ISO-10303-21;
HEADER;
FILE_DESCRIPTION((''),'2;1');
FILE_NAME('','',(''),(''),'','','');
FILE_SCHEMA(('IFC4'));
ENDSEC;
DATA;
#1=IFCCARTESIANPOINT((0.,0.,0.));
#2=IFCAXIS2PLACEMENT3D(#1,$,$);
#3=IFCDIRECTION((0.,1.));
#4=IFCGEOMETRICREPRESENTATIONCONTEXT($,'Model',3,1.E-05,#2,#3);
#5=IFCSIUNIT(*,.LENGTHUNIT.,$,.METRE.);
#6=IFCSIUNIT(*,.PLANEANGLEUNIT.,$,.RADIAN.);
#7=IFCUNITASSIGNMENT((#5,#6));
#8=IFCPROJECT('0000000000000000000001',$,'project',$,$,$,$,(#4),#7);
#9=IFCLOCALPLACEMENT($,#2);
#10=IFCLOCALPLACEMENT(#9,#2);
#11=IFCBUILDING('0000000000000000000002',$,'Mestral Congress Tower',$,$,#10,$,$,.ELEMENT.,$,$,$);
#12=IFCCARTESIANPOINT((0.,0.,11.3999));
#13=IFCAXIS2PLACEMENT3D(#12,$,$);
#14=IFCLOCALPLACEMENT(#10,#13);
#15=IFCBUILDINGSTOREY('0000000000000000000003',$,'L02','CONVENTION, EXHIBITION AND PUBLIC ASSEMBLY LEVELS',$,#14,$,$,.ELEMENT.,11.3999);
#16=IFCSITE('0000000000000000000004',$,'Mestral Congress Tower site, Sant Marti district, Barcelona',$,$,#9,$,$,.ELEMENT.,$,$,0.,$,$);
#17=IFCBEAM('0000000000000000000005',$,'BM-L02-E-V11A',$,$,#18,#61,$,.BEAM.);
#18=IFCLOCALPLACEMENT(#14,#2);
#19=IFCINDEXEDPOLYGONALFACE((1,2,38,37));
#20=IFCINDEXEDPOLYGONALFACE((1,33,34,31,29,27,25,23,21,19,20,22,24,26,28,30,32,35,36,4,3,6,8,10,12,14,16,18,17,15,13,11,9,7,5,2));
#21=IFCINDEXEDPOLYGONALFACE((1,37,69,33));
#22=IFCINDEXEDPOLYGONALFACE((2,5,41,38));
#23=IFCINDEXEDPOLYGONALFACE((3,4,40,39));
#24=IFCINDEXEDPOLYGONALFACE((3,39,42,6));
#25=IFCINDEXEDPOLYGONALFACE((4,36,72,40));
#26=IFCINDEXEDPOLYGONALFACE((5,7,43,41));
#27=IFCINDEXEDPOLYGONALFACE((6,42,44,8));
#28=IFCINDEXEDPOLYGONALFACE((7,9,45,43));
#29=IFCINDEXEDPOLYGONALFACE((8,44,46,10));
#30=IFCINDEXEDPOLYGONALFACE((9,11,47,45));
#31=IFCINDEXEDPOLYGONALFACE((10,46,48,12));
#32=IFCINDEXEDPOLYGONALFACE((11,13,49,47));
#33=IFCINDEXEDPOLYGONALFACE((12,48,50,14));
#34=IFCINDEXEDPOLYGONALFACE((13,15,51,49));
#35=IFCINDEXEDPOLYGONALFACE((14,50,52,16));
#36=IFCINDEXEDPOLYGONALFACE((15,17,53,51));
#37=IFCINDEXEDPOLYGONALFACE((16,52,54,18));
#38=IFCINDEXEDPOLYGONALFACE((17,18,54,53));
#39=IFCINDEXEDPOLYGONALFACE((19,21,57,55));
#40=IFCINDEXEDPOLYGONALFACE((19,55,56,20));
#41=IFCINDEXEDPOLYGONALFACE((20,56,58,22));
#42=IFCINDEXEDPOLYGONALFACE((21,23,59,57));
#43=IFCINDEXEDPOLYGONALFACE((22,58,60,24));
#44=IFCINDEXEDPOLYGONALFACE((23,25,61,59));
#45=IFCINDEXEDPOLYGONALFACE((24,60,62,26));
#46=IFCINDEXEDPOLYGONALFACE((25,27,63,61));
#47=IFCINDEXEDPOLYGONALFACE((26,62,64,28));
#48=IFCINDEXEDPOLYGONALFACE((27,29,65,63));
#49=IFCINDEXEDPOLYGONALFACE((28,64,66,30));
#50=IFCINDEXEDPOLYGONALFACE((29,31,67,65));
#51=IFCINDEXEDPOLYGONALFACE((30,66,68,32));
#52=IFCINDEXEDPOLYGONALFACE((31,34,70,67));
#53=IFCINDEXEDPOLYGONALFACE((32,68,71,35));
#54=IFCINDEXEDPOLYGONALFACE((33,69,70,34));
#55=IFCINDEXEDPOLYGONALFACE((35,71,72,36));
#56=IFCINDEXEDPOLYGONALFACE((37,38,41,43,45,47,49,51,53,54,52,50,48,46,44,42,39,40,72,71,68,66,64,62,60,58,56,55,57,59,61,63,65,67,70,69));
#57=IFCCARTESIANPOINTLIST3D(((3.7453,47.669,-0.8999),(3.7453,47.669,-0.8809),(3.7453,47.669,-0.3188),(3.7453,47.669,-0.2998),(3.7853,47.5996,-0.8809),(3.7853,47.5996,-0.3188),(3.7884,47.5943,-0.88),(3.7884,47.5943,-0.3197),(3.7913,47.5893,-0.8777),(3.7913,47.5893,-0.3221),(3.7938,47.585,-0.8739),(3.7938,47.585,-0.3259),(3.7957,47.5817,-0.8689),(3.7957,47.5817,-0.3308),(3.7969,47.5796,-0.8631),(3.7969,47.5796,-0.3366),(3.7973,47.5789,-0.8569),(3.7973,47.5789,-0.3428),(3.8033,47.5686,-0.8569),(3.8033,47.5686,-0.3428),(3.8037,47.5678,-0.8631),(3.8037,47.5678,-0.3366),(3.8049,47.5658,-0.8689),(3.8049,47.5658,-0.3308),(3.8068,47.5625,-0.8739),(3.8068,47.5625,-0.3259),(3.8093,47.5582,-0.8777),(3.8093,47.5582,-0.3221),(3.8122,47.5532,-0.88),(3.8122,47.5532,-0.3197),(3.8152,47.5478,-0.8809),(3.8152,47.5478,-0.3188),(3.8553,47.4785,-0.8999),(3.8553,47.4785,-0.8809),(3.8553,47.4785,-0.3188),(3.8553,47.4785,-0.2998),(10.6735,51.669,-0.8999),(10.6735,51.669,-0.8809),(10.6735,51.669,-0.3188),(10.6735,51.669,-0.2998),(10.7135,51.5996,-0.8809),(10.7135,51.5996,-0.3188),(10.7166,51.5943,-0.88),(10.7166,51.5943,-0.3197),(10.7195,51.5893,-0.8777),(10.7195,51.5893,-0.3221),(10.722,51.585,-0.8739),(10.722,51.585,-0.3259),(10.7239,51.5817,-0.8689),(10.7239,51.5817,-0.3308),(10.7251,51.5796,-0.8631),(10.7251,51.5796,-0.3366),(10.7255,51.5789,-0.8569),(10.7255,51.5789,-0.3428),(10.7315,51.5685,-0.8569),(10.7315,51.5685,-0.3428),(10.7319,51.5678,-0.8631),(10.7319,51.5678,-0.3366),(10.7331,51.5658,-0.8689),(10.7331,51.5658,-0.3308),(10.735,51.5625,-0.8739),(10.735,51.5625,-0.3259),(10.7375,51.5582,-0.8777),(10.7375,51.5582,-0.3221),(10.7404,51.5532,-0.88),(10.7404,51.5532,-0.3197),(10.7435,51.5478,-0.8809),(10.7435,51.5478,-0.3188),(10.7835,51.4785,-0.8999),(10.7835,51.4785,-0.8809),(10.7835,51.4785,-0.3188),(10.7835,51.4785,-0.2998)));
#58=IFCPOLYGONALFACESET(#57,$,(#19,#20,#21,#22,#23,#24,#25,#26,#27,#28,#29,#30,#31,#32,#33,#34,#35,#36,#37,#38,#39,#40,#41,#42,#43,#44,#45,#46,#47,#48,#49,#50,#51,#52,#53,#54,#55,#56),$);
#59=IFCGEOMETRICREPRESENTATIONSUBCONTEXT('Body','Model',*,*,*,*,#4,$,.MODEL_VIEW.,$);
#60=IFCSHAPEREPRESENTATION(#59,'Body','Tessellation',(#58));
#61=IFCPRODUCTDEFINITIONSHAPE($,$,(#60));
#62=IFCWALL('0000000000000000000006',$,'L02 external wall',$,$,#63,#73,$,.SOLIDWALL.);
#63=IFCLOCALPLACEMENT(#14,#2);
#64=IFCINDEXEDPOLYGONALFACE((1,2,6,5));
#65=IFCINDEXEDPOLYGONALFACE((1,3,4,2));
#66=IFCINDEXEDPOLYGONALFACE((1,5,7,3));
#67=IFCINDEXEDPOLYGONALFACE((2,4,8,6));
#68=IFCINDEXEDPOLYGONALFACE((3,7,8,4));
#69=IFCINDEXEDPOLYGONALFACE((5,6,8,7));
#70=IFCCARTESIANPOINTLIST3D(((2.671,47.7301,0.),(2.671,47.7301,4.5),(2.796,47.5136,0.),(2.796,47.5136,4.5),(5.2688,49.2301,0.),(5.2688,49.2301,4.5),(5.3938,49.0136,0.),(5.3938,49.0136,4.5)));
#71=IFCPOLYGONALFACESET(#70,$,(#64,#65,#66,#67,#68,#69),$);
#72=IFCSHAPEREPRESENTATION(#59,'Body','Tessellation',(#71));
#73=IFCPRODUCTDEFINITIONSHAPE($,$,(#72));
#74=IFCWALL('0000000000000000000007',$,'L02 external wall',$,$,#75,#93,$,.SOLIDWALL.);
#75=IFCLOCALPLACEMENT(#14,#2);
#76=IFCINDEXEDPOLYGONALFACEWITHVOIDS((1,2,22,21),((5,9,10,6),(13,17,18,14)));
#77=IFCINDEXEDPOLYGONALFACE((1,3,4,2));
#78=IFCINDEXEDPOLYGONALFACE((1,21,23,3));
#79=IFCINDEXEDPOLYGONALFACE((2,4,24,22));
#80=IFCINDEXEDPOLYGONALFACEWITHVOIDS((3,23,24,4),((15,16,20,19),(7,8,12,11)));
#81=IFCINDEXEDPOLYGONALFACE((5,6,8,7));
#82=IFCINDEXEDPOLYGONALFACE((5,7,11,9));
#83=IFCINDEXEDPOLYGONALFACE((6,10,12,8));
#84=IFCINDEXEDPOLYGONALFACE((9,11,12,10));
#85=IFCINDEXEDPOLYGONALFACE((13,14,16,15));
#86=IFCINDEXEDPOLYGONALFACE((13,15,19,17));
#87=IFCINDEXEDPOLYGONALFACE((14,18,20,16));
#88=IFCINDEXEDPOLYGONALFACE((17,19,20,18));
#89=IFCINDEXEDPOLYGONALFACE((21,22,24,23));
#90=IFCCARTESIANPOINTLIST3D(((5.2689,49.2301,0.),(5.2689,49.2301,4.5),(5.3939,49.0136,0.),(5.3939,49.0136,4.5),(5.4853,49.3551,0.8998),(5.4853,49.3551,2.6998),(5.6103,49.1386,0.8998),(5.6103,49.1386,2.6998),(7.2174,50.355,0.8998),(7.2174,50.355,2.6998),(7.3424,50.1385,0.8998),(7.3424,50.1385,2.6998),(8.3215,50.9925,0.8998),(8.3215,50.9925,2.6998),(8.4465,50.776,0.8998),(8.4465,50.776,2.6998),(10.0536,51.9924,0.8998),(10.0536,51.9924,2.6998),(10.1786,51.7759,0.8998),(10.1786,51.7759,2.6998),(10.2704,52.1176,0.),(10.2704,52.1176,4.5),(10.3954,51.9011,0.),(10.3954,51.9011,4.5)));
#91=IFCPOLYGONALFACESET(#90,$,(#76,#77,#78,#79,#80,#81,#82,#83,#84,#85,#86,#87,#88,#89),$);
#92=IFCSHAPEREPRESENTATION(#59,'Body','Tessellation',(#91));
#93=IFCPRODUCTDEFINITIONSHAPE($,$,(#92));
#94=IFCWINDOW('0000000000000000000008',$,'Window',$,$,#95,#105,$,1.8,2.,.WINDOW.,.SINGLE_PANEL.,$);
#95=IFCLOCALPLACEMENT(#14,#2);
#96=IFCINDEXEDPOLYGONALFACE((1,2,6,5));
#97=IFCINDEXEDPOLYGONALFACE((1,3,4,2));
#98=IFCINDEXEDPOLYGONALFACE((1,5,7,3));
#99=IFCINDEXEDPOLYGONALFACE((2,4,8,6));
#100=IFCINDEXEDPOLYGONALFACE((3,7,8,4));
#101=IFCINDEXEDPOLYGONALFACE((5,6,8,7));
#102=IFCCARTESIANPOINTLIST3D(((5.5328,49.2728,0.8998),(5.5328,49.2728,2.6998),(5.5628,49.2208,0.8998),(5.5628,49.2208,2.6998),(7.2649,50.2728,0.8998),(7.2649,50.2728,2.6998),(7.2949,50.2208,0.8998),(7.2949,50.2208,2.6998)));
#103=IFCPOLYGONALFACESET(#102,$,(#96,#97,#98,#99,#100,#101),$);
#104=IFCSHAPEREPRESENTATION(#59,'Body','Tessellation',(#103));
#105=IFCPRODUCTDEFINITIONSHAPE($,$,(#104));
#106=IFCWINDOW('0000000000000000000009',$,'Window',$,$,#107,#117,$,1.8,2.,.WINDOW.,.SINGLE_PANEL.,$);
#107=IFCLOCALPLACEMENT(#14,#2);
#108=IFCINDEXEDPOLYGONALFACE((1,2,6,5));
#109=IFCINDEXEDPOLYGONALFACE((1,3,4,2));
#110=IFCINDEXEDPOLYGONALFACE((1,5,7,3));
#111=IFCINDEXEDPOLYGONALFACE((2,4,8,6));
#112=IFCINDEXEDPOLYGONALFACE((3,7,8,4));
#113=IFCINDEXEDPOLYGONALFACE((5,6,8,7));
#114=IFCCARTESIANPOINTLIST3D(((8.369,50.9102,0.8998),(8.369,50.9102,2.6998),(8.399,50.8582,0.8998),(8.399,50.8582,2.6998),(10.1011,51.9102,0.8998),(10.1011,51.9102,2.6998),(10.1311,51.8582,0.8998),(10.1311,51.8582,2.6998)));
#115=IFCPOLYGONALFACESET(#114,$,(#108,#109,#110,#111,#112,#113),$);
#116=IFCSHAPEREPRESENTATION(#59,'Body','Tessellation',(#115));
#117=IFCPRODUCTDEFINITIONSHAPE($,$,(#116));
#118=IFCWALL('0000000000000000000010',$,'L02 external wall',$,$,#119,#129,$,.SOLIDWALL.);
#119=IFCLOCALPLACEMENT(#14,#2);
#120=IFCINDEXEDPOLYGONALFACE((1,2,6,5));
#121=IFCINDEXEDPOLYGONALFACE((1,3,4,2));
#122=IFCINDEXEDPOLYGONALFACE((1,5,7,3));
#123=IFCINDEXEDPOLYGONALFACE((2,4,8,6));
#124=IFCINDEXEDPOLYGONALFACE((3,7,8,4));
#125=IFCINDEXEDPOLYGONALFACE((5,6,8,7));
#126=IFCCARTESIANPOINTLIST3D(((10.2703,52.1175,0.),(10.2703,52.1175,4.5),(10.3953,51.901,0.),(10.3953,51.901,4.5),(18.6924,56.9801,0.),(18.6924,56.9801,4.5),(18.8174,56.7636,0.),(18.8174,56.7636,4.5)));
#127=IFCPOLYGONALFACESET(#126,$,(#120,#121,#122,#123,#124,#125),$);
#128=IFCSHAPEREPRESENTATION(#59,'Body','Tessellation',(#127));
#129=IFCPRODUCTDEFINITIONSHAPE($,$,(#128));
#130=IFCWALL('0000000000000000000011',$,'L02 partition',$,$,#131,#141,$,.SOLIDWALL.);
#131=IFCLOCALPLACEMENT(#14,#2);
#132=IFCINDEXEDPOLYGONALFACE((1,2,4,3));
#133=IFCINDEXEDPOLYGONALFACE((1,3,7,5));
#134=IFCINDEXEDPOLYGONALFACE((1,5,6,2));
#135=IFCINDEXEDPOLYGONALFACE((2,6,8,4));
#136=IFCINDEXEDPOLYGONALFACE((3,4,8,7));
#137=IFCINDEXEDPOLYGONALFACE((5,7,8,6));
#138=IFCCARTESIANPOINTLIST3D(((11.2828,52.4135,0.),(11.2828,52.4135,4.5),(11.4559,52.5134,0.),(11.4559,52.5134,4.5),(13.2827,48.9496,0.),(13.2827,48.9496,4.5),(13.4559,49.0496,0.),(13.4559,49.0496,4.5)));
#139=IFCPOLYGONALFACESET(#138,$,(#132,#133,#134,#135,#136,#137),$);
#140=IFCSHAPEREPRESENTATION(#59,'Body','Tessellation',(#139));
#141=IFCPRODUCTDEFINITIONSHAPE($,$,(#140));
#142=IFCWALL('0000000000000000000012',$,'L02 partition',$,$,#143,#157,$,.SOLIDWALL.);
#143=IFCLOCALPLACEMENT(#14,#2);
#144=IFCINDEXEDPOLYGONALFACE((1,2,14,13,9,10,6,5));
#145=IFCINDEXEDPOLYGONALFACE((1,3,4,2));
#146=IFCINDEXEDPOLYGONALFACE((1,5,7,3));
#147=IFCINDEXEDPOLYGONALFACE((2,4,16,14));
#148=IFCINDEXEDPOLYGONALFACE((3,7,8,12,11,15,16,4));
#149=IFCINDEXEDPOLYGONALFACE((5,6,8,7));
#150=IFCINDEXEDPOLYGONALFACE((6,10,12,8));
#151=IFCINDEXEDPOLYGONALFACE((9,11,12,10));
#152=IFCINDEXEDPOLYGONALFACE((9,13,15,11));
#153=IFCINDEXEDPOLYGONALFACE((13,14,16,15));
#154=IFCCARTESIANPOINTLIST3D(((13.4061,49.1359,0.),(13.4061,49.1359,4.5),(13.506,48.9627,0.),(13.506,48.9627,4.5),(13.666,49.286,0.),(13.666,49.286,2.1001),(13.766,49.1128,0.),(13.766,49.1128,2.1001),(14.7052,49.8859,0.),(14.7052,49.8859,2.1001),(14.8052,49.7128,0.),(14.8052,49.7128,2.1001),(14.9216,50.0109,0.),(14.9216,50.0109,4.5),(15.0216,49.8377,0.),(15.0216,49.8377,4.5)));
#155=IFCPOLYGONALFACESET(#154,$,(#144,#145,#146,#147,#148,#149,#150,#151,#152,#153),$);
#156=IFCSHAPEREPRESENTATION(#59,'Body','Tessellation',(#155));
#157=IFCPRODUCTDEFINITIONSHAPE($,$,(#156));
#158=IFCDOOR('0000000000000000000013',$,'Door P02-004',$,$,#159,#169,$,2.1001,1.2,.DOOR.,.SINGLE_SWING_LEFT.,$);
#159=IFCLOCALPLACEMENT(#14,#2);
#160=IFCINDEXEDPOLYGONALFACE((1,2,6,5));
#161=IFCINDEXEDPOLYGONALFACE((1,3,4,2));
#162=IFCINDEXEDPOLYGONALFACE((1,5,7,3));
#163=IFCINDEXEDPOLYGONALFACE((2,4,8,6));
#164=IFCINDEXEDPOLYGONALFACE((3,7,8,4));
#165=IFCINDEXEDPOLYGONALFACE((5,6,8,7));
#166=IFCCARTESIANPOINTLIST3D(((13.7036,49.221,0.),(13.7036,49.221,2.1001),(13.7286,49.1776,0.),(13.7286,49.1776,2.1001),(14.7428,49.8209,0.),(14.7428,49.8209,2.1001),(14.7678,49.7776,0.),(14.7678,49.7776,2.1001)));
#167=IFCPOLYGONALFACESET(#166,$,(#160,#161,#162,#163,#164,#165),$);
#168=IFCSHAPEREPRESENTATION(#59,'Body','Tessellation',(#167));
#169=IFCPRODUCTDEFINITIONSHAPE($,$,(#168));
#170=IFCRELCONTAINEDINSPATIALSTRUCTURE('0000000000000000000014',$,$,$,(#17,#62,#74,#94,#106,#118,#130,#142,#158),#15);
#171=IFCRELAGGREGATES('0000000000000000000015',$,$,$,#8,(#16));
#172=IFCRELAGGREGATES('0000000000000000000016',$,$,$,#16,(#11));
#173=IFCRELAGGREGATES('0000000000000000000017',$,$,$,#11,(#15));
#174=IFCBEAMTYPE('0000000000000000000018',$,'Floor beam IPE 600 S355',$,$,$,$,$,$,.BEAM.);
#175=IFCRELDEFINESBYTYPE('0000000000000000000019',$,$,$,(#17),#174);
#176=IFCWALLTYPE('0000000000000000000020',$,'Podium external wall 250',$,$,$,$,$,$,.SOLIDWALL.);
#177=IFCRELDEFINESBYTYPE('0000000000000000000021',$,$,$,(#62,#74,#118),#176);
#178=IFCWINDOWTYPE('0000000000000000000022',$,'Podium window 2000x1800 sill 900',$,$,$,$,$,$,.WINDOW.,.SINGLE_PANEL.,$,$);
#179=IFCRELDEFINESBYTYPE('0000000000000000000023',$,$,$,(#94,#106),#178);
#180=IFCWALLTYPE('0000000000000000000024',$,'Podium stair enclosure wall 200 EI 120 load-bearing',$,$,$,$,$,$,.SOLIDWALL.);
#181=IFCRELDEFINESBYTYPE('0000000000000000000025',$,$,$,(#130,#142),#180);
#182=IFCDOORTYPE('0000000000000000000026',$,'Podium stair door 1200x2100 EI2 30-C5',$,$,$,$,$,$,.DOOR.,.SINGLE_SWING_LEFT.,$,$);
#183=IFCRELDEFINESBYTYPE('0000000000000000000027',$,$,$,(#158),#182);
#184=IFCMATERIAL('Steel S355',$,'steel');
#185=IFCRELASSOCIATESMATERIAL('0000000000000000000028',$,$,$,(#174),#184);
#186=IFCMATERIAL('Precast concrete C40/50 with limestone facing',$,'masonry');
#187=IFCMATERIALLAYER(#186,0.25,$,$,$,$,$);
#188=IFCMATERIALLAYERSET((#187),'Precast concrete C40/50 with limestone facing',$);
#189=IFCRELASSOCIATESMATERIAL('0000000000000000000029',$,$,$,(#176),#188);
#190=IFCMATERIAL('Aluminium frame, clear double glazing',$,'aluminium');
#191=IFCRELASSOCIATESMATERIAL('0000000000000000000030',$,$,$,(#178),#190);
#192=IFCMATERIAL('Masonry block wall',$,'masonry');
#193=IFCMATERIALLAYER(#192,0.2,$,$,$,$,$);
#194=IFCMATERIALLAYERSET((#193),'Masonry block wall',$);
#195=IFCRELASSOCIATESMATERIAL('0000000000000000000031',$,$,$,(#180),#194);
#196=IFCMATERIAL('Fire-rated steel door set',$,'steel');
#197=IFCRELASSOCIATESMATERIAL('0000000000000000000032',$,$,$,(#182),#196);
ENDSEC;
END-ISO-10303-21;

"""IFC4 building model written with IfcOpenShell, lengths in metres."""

from ifc_helpers import new_model, si_unit, direction, frame, frame_2d, origin, origin_2d, place, context, subcontext, project, spatial, rectangle, i_section, extrude, material, layer, layer_set, material_profile, profile_set, type_object, element, fill, save


model = new_model("IFC4")

# Units and contexts
model_context = context("Model", 3, precision=1e-05, world=origin(), true_north=direction((0.0, 1.0)))
body_context = subcontext(model_context, "Body", "Model", "MODEL_VIEW")
ifc_project = project(units=[si_unit("LENGTHUNIT", "METRE"), si_unit("PLANEANGLEUNIT", "RADIAN")], contexts=[model_context])

# Site, building, storey
site_placement = place(None, origin())
site = spatial("IfcSite", under=ifc_project, at=site_placement, Name="Mestral Congress Tower site, Sant Marti district, Barcelona", CompositionType="ELEMENT", RefElevation=0.0)
building_placement = place(site_placement, origin())
building = spatial("IfcBuilding", under=site, at=building_placement, Name="Mestral Congress Tower", CompositionType="ELEMENT")
storey_placement = place(building_placement, frame((0.0, 0.0, 11.3999)))
storey = spatial("IfcBuildingStorey", under=building, at=storey_placement, Name="L02", Description="CONVENTION, EXHIBITION AND PUBLIC ASSEMBLY LEVELS", CompositionType="ELEMENT", Elevation=11.3999)

# Beam
ifc_material_1 = material(Name="Steel S355", Category="steel")
ifc_material_profile_1 = material_profile(ifc_material_1, i_section(OverallWidth=0.22, OverallDepth=0.6001, WebThickness=0.012, FlangeThickness=0.019, FilletRadius=0.0239, at=origin_2d()), Name="IPE 600")
ifc_profile_set_1 = profile_set([ifc_material_profile_1], Name="Steel S355")
beam_type_1 = type_object("IfcBeamType", Name="Floor beam IPE 600 S355", PredefinedType="BEAM", material=ifc_profile_set_1)
beam_1_placement = place(storey_placement, frame((3.8003, 47.5737, -0.5999), z_axis=(0.866026, 0.499999, 0.0), x_axis=(-0.499999, 0.866026, 0.0)))
element("IfcBeam", 1, at=beam_1_placement, inside=storey, type_object=beam_type_1, Name="BM-L02-E-V11A", PredefinedType="BEAM", context=body_context, shape_type="SweptSolid", body=[
    extrude(i_section(OverallWidth=0.22, OverallDepth=0.6001, WebThickness=0.012, FlangeThickness=0.019, FilletRadius=0.0239, at=origin_2d()), origin(), (0.0, 0.0, 1.0), 8.0),
])

# Wall
ifc_material_2 = material(Name="Precast concrete C40/50 with limestone facing", Category="masonry")
ifc_layer_1 = layer(ifc_material_2, 0.25)
ifc_layer_set_1 = layer_set([ifc_layer_1], Name="Precast concrete C40/50 with limestone facing")
wall_type_1 = type_object("IfcWallType", Name="Podium external wall 250", PredefinedType="SOLIDWALL", material=ifc_layer_set_1)
wall_1_placement = place(storey_placement, frame((2.7334, 47.6218, 0.0), z_axis=(0.0, 0.0, 1.0), x_axis=(0.866011, 0.500025, 0.0)))
element("IfcWall", 2, at=wall_1_placement, inside=storey, type_object=wall_type_1, Name="L02 external wall", PredefinedType="SOLIDWALL", context=body_context, shape_type="SweptSolid", body=[
    extrude(rectangle(XDim=2.9998, YDim=0.25, at=frame_2d((1.5, 0.0))), origin(), (0.0, 0.0, 1.0), 4.5),
])

# Wall, openings, windows
wall_2_placement = place(storey_placement, frame((5.3313, 49.1218, 0.0), z_axis=(0.0, 0.0, 1.0), x_axis=(0.866036, 0.499981, 0.0)))
wall_2 = element("IfcWall", 3, at=wall_2_placement, inside=storey, type_object=wall_type_1, Name="L02 external wall", PredefinedType="SOLIDWALL", context=body_context, shape_type="SweptSolid", body=[
    extrude(rectangle(XDim=5.7751, YDim=0.25, at=frame_2d((2.8877, 0.0))), origin(), (0.0, 0.0, 1.0), 4.5),
])
opening_1_placement = place(wall_2_placement, frame((0.25, 0.0, 0.8999)))
opening_1 = element("IfcOpeningElement", 4, at=opening_1_placement, cuts=wall_2, PredefinedType="OPENING", context=body_context, shape_type="SweptSolid", body=[
    extrude(rectangle(XDim=2.0, YDim=1.8, at=frame_2d((1.0, 0.8999))), frame((0.0, 0.135, 0.0), z_axis=(0.0, -1.0, 0.0), x_axis=(1.0, 0.0, 0.0)), (0.0, 0.0, 1.0), 0.27),
])
opening_2_placement = place(wall_2_placement, frame((3.5249, 0.0, 0.8999)))
opening_2 = element("IfcOpeningElement", 5, at=opening_2_placement, cuts=wall_2, PredefinedType="OPENING", context=body_context, shape_type="SweptSolid", body=[
    extrude(rectangle(XDim=2.0, YDim=1.8, at=frame_2d((1.0, 0.8999))), frame((0.0, 0.135, 0.0), z_axis=(0.0, -1.0, 0.0), x_axis=(1.0, 0.0, 0.0)), (0.0, 0.0, 1.0), 0.27),
])
ifc_material_3 = material(Name="Aluminium frame, clear double glazing", Category="aluminium")
window_type = type_object("IfcWindowType", Name="Podium window 2000x1800 sill 900", PartitioningType="SINGLE_PANEL", PredefinedType="WINDOW", material=ifc_material_3)
window_1_placement = place(opening_1_placement, origin())
window_1 = element("IfcWindow", 6, at=window_1_placement, inside=storey, type_object=window_type, Name="Window", OverallHeight=1.8, OverallWidth=2.0, PartitioningType="SINGLE_PANEL", PredefinedType="WINDOW", context=body_context, shape_type="SweptSolid", body=[
    extrude(rectangle(XDim=2.0, YDim=1.8, at=frame_2d((1.0, 0.8999))), frame((0.0, 0.03, 0.0), z_axis=(0.0, -1.0, 0.0), x_axis=(1.0, 0.0, 0.0)), (0.0, 0.0, 1.0), 0.0601),
])
fill(opening_1, window_1)
window_2_placement = place(opening_2_placement, origin())
window_2 = element("IfcWindow", 7, at=window_2_placement, inside=storey, type_object=window_type, Name="Window", OverallHeight=1.8, OverallWidth=2.0, PartitioningType="SINGLE_PANEL", PredefinedType="WINDOW", context=body_context, shape_type="SweptSolid", body=[
    extrude(rectangle(XDim=2.0, YDim=1.8, at=frame_2d((1.0, 0.8999))), frame((0.0, 0.03, 0.0), z_axis=(0.0, -1.0, 0.0), x_axis=(1.0, 0.0, 0.0)), (0.0, 0.0, 1.0), 0.0601),
])
fill(opening_2, window_2)

# Walls
wall_3_placement = place(storey_placement, frame((10.3328, 52.0093, 0.0), z_axis=(0.0, 0.0, 1.0), x_axis=(0.866024, 0.500003, 0.0)))
element("IfcWall", 8, at=wall_3_placement, inside=storey, type_object=wall_type_1, Name="L02 external wall", PredefinedType="SOLIDWALL", context=body_context, shape_type="SweptSolid", body=[
    extrude(rectangle(XDim=9.7251, YDim=0.25, at=frame_2d((4.8625, 0.0))), origin(), (0.0, 0.0, 1.0), 4.5),
])
ifc_material_4 = material(Name="Masonry block wall", Category="masonry")
ifc_layer_2 = layer(ifc_material_4, 0.2)
ifc_layer_set_2 = layer_set([ifc_layer_2], Name="Masonry block wall")
wall_type_2 = type_object("IfcWallType", Name="Podium stair enclosure wall 200 EI 120 load-bearing", PredefinedType="SOLIDWALL", material=ifc_layer_set_2)
wall_4_placement = place(storey_placement, frame((13.3694, 48.9995, 0.0), z_axis=(0.0, 0.0, 1.0), x_axis=(-0.500025, 0.866011, 0.0)))
element("IfcWall", 9, at=wall_4_placement, inside=storey, type_object=wall_type_2, Name="L02 partition", PredefinedType="SOLIDWALL", context=body_context, shape_type="SweptSolid", body=[
    extrude(rectangle(XDim=3.9998, YDim=0.2, at=frame_2d((2.0, 0.0))), origin(), (0.0, 0.0, 1.0), 4.5),
])

# Wall, opening, door
wall_5_placement = place(storey_placement, frame((13.4561, 49.0493, 0.0), z_axis=(0.0, 0.0, 1.0), x_axis=(0.866037, 0.49998, 0.0)))
wall_5 = element("IfcWall", 10, at=wall_5_placement, inside=storey, type_object=wall_type_2, Name="L02 partition", PredefinedType="SOLIDWALL", context=body_context, shape_type="SweptSolid", body=[
    extrude(rectangle(XDim=1.75, YDim=0.2, at=frame_2d((0.875, 0.0))), origin(), (0.0, 0.0, 1.0), 4.5),
])
opening_3_placement = place(wall_5_placement, frame((0.3, 0.0, 0.0)))
opening_3 = element("IfcOpeningElement", 11, at=opening_3_placement, cuts=wall_5, PredefinedType="OPENING", context=body_context, shape_type="SweptSolid", body=[
    extrude(rectangle(XDim=1.2, YDim=2.1001, at=frame_2d((0.6001, 1.05))), frame((0.0, 0.1099, 0.0), z_axis=(0.0, -1.0, 0.0), x_axis=(1.0, 0.0, 0.0)), (0.0, 0.0, 1.0), 0.22),
])
ifc_material_5 = material(Name="Fire-rated steel door set", Category="steel")
door_type_1 = type_object("IfcDoorType", Name="Podium stair door 1200x2100 EI2 30-C5", OperationType="SINGLE_SWING_LEFT", PredefinedType="DOOR", material=ifc_material_5)
door_1_placement = place(opening_3_placement, origin())
door_1 = element("IfcDoor", 12, at=door_1_placement, inside=storey, type_object=door_type_1, Name="Door P02-004", OperationType="SINGLE_SWING_LEFT", OverallHeight=2.1001, OverallWidth=1.2, PredefinedType="DOOR", context=body_context, shape_type="SweptSolid", body=[
    extrude(rectangle(XDim=1.2, YDim=2.1001, at=frame_2d((0.6001, 1.05))), frame((0.0, 0.0249, 0.0), z_axis=(0.0, -1.0, 0.0), x_axis=(1.0, 0.0, 0.0)), (0.0, 0.0, 1.0), 0.05),
])
fill(opening_3, door_1)

save(model, "model.ifc")
